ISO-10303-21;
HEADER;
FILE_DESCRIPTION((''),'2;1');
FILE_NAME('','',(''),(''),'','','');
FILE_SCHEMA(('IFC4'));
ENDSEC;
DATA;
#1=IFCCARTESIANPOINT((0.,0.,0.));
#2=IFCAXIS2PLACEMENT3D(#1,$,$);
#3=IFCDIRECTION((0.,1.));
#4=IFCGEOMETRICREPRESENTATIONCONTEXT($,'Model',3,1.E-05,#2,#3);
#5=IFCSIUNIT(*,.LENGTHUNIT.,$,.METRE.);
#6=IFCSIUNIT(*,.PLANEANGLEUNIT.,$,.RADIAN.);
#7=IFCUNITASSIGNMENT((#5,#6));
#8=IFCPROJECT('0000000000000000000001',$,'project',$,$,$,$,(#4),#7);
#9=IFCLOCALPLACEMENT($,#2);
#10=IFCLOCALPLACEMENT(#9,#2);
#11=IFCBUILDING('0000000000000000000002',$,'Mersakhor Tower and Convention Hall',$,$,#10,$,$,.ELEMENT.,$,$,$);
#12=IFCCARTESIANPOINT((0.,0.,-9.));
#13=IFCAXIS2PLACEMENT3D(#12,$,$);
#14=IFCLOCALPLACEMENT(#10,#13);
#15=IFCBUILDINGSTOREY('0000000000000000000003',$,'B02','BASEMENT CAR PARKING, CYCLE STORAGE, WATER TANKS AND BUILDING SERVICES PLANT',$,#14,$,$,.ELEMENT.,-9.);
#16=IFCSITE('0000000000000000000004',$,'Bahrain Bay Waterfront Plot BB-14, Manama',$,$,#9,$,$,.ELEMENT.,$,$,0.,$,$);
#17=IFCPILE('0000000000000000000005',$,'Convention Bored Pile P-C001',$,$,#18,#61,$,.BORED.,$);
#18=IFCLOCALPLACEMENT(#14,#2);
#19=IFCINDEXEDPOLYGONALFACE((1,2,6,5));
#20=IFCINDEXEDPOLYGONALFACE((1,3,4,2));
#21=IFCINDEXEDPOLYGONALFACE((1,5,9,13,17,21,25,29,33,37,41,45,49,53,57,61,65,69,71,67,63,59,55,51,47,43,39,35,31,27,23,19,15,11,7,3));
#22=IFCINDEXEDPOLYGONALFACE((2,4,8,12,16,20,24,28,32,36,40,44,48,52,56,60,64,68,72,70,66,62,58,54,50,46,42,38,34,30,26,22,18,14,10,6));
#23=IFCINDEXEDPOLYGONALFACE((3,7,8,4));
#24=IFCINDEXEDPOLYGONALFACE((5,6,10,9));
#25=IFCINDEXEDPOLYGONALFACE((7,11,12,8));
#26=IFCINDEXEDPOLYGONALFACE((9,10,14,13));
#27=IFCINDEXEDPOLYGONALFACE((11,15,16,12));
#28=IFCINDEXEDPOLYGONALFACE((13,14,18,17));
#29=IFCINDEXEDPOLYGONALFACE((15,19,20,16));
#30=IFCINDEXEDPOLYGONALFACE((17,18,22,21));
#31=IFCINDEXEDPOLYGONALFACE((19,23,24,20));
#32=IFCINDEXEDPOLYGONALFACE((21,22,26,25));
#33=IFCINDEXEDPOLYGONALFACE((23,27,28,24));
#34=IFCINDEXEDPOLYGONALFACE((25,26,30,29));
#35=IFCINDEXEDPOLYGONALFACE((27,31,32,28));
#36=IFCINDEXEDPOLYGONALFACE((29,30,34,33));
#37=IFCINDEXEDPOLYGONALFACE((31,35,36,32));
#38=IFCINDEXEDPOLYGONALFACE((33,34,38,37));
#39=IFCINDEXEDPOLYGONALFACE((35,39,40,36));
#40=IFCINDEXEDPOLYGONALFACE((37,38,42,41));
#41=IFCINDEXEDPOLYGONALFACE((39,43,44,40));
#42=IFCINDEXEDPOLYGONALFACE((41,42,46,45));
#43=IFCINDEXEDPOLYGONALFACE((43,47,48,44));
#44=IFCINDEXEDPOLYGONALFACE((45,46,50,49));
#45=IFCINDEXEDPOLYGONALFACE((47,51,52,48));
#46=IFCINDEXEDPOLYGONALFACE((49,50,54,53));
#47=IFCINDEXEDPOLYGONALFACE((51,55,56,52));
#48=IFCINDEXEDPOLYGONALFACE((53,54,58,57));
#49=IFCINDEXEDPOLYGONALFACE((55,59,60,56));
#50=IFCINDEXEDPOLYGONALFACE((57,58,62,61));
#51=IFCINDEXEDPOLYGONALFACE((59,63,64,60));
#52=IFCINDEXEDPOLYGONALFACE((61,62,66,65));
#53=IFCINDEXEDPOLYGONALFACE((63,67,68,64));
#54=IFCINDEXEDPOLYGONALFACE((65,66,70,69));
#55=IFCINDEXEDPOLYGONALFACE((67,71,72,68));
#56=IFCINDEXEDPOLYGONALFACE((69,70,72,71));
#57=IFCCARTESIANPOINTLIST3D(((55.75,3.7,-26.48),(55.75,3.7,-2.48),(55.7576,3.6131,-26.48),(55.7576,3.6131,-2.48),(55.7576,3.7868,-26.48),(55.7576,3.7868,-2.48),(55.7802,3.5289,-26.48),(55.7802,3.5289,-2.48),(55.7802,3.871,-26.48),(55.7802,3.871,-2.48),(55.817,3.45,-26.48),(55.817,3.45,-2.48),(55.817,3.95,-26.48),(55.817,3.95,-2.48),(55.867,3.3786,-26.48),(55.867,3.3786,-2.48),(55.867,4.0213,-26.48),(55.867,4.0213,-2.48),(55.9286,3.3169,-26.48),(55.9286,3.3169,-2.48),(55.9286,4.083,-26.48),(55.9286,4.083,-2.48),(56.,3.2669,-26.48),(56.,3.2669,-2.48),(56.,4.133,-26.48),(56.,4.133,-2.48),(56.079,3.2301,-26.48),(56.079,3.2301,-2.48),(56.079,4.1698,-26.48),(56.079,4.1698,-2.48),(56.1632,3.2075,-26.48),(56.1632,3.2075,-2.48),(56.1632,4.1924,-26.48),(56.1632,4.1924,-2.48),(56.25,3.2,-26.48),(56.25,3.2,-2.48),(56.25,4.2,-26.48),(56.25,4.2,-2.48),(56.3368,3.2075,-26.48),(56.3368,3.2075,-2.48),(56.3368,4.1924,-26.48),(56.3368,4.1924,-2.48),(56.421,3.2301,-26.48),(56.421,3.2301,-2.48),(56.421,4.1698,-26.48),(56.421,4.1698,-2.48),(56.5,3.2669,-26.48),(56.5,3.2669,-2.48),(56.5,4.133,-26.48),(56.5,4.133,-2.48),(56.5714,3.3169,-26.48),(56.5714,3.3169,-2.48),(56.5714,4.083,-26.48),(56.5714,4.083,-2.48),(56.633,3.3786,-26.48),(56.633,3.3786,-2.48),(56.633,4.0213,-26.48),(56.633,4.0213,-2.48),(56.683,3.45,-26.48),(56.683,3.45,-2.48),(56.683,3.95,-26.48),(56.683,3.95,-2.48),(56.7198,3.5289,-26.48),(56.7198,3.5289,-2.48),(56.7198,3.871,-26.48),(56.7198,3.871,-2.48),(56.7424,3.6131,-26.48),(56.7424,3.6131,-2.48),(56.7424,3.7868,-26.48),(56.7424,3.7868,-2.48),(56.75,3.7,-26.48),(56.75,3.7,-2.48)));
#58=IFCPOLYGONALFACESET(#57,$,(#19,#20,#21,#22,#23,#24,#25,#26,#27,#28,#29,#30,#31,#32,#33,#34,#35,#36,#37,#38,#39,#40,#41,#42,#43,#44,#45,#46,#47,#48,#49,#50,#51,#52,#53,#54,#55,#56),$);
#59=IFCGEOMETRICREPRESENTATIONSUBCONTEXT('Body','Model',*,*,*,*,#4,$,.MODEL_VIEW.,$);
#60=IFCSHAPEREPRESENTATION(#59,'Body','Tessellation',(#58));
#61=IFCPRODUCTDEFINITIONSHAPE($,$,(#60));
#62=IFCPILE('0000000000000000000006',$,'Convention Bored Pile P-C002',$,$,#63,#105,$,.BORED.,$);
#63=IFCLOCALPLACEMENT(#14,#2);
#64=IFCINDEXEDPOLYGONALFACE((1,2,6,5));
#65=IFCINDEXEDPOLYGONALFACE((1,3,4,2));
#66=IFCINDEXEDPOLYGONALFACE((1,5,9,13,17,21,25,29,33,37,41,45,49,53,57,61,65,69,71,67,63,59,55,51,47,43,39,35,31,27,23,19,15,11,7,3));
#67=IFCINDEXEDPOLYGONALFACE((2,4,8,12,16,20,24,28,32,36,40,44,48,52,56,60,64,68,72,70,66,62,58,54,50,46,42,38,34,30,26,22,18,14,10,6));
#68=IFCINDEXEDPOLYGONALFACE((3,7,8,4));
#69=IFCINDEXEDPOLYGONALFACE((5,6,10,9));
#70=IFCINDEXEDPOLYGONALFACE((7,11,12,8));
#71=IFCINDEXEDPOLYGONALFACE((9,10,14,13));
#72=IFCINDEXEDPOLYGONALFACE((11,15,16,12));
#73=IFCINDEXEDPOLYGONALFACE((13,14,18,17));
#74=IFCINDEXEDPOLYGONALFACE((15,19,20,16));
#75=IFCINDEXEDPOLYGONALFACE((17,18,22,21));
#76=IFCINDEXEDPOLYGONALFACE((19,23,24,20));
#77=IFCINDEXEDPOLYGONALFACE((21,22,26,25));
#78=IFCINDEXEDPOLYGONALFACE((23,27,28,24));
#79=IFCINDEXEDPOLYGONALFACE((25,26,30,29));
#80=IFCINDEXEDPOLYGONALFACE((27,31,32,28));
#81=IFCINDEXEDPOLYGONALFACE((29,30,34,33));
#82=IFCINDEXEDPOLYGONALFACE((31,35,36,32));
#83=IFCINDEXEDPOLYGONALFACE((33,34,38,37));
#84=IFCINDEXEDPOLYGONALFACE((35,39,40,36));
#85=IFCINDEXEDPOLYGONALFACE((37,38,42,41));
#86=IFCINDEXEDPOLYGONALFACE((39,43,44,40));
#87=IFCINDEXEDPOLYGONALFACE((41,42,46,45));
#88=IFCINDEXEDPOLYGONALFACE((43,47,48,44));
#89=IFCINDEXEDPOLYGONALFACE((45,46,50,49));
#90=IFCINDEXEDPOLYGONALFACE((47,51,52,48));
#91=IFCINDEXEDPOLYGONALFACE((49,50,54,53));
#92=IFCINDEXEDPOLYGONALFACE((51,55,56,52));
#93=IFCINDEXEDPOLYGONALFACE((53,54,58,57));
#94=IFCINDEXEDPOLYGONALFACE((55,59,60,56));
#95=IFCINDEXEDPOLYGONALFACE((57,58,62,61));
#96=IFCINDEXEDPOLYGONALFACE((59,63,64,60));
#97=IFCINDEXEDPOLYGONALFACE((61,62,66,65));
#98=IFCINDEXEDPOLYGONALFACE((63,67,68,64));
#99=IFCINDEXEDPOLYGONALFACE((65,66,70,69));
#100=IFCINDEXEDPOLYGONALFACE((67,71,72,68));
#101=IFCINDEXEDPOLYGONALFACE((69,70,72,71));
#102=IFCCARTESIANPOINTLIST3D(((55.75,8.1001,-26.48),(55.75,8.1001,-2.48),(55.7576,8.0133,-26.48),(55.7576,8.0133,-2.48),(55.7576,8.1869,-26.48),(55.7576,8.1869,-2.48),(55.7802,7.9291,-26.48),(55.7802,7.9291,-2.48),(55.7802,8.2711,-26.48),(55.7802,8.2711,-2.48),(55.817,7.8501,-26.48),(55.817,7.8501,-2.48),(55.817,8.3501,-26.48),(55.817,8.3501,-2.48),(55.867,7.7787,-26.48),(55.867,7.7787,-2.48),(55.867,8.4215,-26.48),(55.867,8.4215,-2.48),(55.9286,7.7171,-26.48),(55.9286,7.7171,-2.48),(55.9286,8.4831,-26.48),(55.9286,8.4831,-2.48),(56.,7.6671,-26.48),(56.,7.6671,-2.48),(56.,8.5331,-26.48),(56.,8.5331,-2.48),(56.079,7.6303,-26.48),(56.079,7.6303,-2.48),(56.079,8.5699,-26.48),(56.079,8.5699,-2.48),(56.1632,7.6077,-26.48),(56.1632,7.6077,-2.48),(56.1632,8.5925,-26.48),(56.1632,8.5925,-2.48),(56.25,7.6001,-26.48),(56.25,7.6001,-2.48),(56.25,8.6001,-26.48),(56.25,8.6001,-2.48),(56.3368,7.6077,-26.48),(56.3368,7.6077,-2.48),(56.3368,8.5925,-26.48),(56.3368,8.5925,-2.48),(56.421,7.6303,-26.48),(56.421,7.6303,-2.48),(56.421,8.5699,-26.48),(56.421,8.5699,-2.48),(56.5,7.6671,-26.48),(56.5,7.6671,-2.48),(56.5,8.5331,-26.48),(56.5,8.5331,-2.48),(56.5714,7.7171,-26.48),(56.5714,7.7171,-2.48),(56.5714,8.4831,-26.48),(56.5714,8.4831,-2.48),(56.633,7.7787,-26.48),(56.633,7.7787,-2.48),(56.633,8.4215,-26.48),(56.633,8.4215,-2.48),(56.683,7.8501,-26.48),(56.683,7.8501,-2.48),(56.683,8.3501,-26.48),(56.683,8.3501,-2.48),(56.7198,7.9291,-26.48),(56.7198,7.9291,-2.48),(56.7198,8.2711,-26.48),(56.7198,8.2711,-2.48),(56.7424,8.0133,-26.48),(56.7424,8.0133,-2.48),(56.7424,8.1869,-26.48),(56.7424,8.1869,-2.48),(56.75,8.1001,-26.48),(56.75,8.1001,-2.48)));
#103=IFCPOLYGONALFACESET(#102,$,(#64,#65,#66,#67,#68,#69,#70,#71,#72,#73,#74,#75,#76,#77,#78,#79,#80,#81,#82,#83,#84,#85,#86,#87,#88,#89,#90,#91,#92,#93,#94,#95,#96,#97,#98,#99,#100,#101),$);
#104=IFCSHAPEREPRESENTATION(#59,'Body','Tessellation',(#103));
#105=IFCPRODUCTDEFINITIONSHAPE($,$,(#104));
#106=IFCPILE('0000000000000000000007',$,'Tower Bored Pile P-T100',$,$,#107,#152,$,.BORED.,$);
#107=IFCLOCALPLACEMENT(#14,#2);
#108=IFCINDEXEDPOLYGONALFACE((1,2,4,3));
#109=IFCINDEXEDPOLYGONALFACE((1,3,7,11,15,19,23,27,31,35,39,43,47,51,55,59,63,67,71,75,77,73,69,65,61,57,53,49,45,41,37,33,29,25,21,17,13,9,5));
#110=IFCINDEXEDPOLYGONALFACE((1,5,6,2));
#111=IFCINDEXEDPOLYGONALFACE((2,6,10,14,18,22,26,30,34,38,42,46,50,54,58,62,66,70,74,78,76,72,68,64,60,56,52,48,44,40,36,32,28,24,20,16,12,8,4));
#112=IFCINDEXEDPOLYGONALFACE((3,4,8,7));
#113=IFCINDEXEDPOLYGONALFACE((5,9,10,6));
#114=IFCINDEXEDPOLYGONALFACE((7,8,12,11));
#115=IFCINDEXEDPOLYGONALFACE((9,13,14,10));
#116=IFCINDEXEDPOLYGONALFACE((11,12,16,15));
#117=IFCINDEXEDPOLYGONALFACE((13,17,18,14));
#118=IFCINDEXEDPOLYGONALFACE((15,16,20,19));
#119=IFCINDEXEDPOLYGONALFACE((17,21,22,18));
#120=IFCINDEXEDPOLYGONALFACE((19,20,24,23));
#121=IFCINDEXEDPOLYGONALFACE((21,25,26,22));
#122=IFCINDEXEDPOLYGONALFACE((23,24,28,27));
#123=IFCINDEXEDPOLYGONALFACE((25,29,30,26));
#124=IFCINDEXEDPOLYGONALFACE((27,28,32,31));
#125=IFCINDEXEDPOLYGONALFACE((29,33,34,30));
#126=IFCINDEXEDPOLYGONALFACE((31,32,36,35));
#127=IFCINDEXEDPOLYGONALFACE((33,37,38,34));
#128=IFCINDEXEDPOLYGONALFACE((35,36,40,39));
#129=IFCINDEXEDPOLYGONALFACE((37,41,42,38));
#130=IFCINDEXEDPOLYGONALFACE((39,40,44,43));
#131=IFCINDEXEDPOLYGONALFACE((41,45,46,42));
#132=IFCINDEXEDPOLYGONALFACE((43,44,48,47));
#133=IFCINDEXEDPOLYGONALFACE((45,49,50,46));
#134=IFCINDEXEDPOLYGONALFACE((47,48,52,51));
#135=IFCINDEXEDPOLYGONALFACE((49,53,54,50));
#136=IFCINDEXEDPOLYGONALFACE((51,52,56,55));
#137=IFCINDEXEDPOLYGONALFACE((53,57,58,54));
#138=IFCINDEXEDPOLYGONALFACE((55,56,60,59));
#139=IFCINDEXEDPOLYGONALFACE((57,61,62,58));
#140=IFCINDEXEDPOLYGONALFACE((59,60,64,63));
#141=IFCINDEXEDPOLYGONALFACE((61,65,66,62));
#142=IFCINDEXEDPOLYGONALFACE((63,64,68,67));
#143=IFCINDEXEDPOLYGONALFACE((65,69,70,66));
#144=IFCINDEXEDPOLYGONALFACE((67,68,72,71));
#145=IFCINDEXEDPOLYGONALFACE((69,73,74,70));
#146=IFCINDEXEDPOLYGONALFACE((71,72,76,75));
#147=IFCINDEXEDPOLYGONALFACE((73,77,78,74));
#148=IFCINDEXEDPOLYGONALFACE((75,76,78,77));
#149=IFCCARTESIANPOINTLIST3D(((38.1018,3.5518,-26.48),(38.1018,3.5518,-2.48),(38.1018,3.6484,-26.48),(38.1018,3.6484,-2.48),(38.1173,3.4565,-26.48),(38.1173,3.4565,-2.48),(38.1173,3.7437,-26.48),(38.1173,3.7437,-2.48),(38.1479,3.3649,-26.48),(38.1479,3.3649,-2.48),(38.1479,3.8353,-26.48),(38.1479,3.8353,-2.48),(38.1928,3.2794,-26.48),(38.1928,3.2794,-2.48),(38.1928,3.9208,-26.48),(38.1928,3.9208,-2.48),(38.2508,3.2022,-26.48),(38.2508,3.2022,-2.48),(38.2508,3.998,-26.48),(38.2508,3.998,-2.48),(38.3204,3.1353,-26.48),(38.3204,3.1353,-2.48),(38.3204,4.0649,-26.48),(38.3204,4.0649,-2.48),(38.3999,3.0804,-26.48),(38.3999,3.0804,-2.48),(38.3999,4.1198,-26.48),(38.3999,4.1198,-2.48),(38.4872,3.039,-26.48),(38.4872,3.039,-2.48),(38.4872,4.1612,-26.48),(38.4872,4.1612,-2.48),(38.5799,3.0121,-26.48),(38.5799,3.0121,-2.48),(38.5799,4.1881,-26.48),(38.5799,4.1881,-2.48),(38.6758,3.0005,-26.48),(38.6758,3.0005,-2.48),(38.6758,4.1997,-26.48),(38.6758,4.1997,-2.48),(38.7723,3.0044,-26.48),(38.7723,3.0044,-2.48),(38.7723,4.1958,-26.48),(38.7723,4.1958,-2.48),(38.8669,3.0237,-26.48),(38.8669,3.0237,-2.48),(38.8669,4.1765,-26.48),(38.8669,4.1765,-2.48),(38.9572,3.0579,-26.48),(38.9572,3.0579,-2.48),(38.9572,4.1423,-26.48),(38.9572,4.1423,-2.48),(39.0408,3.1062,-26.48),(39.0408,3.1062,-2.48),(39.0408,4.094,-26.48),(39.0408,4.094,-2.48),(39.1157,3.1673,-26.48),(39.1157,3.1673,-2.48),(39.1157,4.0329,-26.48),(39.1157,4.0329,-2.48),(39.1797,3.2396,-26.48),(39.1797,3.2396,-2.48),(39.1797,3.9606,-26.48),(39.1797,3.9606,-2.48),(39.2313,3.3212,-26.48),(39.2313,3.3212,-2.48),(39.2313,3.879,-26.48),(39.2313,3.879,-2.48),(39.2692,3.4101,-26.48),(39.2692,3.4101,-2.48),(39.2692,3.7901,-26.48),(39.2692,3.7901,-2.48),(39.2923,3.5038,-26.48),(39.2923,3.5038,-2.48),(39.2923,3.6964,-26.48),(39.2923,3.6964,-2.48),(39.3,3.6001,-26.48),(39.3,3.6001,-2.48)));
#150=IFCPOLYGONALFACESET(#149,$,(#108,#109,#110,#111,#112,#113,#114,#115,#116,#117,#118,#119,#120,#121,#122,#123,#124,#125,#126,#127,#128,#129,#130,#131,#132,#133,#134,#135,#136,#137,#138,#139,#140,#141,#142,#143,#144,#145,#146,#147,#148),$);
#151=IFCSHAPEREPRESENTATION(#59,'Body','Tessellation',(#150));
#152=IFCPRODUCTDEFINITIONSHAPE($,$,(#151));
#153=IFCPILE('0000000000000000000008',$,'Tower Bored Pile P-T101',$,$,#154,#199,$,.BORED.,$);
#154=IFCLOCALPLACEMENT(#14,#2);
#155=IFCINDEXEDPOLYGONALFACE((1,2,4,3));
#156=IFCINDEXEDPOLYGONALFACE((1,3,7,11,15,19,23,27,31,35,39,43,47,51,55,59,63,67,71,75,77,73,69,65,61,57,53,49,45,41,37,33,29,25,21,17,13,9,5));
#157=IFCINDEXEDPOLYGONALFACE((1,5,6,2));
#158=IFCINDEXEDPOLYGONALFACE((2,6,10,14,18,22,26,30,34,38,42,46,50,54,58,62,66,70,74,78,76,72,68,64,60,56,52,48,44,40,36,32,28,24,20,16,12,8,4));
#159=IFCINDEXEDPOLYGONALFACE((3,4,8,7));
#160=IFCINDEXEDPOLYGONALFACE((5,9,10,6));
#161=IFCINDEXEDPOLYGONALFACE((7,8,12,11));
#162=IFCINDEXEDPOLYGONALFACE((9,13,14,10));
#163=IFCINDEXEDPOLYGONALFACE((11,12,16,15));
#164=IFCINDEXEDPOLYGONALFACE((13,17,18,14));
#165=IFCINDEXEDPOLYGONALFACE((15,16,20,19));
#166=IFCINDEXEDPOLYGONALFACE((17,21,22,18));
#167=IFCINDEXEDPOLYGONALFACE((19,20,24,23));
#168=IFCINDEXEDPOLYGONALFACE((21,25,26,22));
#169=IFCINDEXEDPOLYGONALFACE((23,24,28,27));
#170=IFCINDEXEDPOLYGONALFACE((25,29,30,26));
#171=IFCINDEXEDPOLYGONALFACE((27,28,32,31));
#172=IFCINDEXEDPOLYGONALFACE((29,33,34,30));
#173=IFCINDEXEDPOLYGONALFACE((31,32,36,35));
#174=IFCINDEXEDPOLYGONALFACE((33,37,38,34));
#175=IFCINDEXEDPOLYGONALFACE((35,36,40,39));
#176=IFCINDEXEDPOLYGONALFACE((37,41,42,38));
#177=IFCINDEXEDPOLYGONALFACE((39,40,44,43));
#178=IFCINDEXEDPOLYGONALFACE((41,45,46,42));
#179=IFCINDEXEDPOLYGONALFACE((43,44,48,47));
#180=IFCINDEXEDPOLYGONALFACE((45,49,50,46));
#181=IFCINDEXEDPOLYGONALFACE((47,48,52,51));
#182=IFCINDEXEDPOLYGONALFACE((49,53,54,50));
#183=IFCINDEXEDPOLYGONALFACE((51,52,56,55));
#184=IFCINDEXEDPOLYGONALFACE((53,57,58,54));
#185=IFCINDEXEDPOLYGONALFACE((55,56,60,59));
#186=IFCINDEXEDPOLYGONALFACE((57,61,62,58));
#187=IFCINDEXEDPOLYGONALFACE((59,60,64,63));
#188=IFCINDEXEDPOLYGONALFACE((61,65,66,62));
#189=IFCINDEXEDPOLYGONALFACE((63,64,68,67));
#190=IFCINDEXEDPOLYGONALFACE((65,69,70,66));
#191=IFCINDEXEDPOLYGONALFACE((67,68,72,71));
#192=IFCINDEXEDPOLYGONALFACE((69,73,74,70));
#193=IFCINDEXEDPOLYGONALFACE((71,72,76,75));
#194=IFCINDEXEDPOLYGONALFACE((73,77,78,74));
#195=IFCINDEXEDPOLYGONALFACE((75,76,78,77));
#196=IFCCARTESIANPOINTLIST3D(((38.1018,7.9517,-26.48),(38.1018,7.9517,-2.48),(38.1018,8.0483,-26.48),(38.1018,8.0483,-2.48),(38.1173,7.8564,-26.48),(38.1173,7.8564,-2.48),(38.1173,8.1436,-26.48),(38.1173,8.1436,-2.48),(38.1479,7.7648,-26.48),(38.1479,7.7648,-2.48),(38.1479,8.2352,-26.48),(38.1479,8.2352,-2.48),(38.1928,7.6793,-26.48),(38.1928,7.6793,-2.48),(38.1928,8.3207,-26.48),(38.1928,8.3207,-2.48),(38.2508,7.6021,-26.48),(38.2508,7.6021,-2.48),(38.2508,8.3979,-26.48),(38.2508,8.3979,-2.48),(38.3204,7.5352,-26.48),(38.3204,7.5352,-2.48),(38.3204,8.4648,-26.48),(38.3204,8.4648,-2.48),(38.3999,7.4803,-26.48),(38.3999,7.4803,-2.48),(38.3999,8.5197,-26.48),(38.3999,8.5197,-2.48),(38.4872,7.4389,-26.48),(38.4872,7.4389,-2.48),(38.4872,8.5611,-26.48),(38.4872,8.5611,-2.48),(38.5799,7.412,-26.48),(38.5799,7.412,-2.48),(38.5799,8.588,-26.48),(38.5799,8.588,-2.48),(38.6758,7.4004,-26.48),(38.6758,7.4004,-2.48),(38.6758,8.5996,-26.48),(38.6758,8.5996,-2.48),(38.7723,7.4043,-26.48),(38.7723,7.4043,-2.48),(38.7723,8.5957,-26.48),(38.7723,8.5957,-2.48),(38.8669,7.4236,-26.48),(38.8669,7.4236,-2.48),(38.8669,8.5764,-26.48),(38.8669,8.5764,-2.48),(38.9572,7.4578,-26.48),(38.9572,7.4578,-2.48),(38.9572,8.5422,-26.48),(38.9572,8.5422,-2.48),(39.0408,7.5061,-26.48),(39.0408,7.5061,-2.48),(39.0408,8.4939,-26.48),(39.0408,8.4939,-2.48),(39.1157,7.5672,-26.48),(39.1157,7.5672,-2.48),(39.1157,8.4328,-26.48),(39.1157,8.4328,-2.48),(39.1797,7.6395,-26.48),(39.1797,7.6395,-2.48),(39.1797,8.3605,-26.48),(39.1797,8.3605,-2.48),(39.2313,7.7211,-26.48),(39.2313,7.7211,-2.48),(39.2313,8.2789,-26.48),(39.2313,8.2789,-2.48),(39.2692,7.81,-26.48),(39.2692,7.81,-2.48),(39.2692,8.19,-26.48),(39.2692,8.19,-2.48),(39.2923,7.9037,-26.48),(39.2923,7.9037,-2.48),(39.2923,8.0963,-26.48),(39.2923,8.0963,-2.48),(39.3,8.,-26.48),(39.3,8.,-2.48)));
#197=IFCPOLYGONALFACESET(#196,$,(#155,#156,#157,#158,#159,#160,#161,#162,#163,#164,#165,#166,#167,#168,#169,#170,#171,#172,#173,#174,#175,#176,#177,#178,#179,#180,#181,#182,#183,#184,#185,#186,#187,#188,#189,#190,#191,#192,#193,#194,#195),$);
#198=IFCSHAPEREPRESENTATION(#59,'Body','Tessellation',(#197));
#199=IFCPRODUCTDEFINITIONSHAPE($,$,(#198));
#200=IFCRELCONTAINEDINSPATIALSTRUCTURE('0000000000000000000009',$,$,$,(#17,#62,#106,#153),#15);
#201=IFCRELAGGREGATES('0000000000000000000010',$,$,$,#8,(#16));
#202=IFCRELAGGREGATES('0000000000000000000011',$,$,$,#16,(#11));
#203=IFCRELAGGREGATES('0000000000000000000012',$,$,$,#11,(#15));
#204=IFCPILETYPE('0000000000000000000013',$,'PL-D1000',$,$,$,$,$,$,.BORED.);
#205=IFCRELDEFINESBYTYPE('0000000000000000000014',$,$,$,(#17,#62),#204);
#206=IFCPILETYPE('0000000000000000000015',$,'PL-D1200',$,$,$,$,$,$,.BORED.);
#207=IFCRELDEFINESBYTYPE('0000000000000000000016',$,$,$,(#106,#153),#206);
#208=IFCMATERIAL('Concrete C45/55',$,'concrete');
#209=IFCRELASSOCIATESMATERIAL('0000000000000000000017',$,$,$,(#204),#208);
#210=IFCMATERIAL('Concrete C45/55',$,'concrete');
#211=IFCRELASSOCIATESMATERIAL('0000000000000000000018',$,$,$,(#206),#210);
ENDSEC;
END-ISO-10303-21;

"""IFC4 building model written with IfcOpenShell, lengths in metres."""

from ifc_helpers import new_model, si_unit, direction, frame, origin, origin_2d, place, context, subcontext, project, spatial, circle, extrude, material, material_profile, profile_set, type_object, element, save


model = new_model("IFC4")

# Units and contexts
model_context = context("Model", 3, precision=1e-05, world=origin(), true_north=direction((0.0, 1.0)))
body_context = subcontext(model_context, "Body", "Model", "MODEL_VIEW")
ifc_project = project(units=[si_unit("LENGTHUNIT", "METRE"), si_unit("PLANEANGLEUNIT", "RADIAN")], contexts=[model_context])

# Site, building, storey
site_placement = place(None, origin())
site = spatial("IfcSite", under=ifc_project, at=site_placement, Name="Bahrain Bay Waterfront Plot BB-14, Manama", CompositionType="ELEMENT", RefElevation=0.0)
building_placement = place(site_placement, origin())
building = spatial("IfcBuilding", under=site, at=building_placement, Name="Mersakhor Tower and Convention Hall", CompositionType="ELEMENT")
storey_placement = place(building_placement, frame((0.0, 0.0, -9.0)))
storey = spatial("IfcBuildingStorey", under=building, at=storey_placement, Name="B02", Description="BASEMENT CAR PARKING, CYCLE STORAGE, WATER TANKS AND BUILDING SERVICES PLANT", CompositionType="ELEMENT", Elevation=-9.0)

# Piles
ifc_material_1 = material(Name="Concrete C45/55", Category="concrete")
ifc_material_profile_1 = material_profile(ifc_material_1, circle(Radius=0.5, at=origin_2d()), Name="PILE D1000")
ifc_profile_set_1 = profile_set([ifc_material_profile_1], Name="Concrete C45/55")
pile_type_1 = type_object("IfcPileType", Name="PL-D1000", PredefinedType="BORED", material=ifc_profile_set_1)
for number, where, z_axis, x_axis, name in (
    (1, (56.25, 3.7, -2.48), (0.0, 0.0, -1.0), (1.0, 0.0, 0.0), "Convention Bored Pile P-C001"),
    (2, (56.25, 8.1001, -2.48), (0.0, 0.0, -1.0), (1.0, 0.0, 0.0), "Convention Bored Pile P-C002"),
):
    element("IfcPile", number, at=place(storey_placement, frame(where, z_axis=z_axis, x_axis=x_axis)), inside=storey, type_object=pile_type_1, Name=name, PredefinedType="BORED", context=body_context, shape_type="SweptSolid", body=[
        extrude(circle(Radius=0.5, at=origin_2d()), origin(), (0.0, 0.0, 1.0), 24.0),
    ])
ifc_material_2 = material(Name="Concrete C45/55", Category="concrete")
ifc_material_profile_2 = material_profile(ifc_material_2, circle(Radius=0.6001, at=origin_2d()), Name="PILE D1200")
ifc_profile_set_2 = profile_set([ifc_material_profile_2], Name="Concrete C45/55")
pile_type_2 = type_object("IfcPileType", Name="PL-D1200", PredefinedType="BORED", material=ifc_profile_set_2)
for number, where, z_axis, x_axis, name in (
    (3, (38.7, 3.6001, -2.48), (0.0, 0.0, -1.0), (1.0, 0.0, 0.0), "Tower Bored Pile P-T100"),
    (4, (38.7, 8.0, -2.48), (0.0, 0.0, -1.0), (1.0, 0.0, 0.0), "Tower Bored Pile P-T101"),
):
    element("IfcPile", number, at=place(storey_placement, frame(where, z_axis=z_axis, x_axis=x_axis)), inside=storey, type_object=pile_type_2, Name=name, PredefinedType="BORED", context=body_context, shape_type="SweptSolid", body=[
        extrude(circle(Radius=0.6001, at=origin_2d()), origin(), (0.0, 0.0, 1.0), 24.0),
    ])

save(model, "model.ifc")
